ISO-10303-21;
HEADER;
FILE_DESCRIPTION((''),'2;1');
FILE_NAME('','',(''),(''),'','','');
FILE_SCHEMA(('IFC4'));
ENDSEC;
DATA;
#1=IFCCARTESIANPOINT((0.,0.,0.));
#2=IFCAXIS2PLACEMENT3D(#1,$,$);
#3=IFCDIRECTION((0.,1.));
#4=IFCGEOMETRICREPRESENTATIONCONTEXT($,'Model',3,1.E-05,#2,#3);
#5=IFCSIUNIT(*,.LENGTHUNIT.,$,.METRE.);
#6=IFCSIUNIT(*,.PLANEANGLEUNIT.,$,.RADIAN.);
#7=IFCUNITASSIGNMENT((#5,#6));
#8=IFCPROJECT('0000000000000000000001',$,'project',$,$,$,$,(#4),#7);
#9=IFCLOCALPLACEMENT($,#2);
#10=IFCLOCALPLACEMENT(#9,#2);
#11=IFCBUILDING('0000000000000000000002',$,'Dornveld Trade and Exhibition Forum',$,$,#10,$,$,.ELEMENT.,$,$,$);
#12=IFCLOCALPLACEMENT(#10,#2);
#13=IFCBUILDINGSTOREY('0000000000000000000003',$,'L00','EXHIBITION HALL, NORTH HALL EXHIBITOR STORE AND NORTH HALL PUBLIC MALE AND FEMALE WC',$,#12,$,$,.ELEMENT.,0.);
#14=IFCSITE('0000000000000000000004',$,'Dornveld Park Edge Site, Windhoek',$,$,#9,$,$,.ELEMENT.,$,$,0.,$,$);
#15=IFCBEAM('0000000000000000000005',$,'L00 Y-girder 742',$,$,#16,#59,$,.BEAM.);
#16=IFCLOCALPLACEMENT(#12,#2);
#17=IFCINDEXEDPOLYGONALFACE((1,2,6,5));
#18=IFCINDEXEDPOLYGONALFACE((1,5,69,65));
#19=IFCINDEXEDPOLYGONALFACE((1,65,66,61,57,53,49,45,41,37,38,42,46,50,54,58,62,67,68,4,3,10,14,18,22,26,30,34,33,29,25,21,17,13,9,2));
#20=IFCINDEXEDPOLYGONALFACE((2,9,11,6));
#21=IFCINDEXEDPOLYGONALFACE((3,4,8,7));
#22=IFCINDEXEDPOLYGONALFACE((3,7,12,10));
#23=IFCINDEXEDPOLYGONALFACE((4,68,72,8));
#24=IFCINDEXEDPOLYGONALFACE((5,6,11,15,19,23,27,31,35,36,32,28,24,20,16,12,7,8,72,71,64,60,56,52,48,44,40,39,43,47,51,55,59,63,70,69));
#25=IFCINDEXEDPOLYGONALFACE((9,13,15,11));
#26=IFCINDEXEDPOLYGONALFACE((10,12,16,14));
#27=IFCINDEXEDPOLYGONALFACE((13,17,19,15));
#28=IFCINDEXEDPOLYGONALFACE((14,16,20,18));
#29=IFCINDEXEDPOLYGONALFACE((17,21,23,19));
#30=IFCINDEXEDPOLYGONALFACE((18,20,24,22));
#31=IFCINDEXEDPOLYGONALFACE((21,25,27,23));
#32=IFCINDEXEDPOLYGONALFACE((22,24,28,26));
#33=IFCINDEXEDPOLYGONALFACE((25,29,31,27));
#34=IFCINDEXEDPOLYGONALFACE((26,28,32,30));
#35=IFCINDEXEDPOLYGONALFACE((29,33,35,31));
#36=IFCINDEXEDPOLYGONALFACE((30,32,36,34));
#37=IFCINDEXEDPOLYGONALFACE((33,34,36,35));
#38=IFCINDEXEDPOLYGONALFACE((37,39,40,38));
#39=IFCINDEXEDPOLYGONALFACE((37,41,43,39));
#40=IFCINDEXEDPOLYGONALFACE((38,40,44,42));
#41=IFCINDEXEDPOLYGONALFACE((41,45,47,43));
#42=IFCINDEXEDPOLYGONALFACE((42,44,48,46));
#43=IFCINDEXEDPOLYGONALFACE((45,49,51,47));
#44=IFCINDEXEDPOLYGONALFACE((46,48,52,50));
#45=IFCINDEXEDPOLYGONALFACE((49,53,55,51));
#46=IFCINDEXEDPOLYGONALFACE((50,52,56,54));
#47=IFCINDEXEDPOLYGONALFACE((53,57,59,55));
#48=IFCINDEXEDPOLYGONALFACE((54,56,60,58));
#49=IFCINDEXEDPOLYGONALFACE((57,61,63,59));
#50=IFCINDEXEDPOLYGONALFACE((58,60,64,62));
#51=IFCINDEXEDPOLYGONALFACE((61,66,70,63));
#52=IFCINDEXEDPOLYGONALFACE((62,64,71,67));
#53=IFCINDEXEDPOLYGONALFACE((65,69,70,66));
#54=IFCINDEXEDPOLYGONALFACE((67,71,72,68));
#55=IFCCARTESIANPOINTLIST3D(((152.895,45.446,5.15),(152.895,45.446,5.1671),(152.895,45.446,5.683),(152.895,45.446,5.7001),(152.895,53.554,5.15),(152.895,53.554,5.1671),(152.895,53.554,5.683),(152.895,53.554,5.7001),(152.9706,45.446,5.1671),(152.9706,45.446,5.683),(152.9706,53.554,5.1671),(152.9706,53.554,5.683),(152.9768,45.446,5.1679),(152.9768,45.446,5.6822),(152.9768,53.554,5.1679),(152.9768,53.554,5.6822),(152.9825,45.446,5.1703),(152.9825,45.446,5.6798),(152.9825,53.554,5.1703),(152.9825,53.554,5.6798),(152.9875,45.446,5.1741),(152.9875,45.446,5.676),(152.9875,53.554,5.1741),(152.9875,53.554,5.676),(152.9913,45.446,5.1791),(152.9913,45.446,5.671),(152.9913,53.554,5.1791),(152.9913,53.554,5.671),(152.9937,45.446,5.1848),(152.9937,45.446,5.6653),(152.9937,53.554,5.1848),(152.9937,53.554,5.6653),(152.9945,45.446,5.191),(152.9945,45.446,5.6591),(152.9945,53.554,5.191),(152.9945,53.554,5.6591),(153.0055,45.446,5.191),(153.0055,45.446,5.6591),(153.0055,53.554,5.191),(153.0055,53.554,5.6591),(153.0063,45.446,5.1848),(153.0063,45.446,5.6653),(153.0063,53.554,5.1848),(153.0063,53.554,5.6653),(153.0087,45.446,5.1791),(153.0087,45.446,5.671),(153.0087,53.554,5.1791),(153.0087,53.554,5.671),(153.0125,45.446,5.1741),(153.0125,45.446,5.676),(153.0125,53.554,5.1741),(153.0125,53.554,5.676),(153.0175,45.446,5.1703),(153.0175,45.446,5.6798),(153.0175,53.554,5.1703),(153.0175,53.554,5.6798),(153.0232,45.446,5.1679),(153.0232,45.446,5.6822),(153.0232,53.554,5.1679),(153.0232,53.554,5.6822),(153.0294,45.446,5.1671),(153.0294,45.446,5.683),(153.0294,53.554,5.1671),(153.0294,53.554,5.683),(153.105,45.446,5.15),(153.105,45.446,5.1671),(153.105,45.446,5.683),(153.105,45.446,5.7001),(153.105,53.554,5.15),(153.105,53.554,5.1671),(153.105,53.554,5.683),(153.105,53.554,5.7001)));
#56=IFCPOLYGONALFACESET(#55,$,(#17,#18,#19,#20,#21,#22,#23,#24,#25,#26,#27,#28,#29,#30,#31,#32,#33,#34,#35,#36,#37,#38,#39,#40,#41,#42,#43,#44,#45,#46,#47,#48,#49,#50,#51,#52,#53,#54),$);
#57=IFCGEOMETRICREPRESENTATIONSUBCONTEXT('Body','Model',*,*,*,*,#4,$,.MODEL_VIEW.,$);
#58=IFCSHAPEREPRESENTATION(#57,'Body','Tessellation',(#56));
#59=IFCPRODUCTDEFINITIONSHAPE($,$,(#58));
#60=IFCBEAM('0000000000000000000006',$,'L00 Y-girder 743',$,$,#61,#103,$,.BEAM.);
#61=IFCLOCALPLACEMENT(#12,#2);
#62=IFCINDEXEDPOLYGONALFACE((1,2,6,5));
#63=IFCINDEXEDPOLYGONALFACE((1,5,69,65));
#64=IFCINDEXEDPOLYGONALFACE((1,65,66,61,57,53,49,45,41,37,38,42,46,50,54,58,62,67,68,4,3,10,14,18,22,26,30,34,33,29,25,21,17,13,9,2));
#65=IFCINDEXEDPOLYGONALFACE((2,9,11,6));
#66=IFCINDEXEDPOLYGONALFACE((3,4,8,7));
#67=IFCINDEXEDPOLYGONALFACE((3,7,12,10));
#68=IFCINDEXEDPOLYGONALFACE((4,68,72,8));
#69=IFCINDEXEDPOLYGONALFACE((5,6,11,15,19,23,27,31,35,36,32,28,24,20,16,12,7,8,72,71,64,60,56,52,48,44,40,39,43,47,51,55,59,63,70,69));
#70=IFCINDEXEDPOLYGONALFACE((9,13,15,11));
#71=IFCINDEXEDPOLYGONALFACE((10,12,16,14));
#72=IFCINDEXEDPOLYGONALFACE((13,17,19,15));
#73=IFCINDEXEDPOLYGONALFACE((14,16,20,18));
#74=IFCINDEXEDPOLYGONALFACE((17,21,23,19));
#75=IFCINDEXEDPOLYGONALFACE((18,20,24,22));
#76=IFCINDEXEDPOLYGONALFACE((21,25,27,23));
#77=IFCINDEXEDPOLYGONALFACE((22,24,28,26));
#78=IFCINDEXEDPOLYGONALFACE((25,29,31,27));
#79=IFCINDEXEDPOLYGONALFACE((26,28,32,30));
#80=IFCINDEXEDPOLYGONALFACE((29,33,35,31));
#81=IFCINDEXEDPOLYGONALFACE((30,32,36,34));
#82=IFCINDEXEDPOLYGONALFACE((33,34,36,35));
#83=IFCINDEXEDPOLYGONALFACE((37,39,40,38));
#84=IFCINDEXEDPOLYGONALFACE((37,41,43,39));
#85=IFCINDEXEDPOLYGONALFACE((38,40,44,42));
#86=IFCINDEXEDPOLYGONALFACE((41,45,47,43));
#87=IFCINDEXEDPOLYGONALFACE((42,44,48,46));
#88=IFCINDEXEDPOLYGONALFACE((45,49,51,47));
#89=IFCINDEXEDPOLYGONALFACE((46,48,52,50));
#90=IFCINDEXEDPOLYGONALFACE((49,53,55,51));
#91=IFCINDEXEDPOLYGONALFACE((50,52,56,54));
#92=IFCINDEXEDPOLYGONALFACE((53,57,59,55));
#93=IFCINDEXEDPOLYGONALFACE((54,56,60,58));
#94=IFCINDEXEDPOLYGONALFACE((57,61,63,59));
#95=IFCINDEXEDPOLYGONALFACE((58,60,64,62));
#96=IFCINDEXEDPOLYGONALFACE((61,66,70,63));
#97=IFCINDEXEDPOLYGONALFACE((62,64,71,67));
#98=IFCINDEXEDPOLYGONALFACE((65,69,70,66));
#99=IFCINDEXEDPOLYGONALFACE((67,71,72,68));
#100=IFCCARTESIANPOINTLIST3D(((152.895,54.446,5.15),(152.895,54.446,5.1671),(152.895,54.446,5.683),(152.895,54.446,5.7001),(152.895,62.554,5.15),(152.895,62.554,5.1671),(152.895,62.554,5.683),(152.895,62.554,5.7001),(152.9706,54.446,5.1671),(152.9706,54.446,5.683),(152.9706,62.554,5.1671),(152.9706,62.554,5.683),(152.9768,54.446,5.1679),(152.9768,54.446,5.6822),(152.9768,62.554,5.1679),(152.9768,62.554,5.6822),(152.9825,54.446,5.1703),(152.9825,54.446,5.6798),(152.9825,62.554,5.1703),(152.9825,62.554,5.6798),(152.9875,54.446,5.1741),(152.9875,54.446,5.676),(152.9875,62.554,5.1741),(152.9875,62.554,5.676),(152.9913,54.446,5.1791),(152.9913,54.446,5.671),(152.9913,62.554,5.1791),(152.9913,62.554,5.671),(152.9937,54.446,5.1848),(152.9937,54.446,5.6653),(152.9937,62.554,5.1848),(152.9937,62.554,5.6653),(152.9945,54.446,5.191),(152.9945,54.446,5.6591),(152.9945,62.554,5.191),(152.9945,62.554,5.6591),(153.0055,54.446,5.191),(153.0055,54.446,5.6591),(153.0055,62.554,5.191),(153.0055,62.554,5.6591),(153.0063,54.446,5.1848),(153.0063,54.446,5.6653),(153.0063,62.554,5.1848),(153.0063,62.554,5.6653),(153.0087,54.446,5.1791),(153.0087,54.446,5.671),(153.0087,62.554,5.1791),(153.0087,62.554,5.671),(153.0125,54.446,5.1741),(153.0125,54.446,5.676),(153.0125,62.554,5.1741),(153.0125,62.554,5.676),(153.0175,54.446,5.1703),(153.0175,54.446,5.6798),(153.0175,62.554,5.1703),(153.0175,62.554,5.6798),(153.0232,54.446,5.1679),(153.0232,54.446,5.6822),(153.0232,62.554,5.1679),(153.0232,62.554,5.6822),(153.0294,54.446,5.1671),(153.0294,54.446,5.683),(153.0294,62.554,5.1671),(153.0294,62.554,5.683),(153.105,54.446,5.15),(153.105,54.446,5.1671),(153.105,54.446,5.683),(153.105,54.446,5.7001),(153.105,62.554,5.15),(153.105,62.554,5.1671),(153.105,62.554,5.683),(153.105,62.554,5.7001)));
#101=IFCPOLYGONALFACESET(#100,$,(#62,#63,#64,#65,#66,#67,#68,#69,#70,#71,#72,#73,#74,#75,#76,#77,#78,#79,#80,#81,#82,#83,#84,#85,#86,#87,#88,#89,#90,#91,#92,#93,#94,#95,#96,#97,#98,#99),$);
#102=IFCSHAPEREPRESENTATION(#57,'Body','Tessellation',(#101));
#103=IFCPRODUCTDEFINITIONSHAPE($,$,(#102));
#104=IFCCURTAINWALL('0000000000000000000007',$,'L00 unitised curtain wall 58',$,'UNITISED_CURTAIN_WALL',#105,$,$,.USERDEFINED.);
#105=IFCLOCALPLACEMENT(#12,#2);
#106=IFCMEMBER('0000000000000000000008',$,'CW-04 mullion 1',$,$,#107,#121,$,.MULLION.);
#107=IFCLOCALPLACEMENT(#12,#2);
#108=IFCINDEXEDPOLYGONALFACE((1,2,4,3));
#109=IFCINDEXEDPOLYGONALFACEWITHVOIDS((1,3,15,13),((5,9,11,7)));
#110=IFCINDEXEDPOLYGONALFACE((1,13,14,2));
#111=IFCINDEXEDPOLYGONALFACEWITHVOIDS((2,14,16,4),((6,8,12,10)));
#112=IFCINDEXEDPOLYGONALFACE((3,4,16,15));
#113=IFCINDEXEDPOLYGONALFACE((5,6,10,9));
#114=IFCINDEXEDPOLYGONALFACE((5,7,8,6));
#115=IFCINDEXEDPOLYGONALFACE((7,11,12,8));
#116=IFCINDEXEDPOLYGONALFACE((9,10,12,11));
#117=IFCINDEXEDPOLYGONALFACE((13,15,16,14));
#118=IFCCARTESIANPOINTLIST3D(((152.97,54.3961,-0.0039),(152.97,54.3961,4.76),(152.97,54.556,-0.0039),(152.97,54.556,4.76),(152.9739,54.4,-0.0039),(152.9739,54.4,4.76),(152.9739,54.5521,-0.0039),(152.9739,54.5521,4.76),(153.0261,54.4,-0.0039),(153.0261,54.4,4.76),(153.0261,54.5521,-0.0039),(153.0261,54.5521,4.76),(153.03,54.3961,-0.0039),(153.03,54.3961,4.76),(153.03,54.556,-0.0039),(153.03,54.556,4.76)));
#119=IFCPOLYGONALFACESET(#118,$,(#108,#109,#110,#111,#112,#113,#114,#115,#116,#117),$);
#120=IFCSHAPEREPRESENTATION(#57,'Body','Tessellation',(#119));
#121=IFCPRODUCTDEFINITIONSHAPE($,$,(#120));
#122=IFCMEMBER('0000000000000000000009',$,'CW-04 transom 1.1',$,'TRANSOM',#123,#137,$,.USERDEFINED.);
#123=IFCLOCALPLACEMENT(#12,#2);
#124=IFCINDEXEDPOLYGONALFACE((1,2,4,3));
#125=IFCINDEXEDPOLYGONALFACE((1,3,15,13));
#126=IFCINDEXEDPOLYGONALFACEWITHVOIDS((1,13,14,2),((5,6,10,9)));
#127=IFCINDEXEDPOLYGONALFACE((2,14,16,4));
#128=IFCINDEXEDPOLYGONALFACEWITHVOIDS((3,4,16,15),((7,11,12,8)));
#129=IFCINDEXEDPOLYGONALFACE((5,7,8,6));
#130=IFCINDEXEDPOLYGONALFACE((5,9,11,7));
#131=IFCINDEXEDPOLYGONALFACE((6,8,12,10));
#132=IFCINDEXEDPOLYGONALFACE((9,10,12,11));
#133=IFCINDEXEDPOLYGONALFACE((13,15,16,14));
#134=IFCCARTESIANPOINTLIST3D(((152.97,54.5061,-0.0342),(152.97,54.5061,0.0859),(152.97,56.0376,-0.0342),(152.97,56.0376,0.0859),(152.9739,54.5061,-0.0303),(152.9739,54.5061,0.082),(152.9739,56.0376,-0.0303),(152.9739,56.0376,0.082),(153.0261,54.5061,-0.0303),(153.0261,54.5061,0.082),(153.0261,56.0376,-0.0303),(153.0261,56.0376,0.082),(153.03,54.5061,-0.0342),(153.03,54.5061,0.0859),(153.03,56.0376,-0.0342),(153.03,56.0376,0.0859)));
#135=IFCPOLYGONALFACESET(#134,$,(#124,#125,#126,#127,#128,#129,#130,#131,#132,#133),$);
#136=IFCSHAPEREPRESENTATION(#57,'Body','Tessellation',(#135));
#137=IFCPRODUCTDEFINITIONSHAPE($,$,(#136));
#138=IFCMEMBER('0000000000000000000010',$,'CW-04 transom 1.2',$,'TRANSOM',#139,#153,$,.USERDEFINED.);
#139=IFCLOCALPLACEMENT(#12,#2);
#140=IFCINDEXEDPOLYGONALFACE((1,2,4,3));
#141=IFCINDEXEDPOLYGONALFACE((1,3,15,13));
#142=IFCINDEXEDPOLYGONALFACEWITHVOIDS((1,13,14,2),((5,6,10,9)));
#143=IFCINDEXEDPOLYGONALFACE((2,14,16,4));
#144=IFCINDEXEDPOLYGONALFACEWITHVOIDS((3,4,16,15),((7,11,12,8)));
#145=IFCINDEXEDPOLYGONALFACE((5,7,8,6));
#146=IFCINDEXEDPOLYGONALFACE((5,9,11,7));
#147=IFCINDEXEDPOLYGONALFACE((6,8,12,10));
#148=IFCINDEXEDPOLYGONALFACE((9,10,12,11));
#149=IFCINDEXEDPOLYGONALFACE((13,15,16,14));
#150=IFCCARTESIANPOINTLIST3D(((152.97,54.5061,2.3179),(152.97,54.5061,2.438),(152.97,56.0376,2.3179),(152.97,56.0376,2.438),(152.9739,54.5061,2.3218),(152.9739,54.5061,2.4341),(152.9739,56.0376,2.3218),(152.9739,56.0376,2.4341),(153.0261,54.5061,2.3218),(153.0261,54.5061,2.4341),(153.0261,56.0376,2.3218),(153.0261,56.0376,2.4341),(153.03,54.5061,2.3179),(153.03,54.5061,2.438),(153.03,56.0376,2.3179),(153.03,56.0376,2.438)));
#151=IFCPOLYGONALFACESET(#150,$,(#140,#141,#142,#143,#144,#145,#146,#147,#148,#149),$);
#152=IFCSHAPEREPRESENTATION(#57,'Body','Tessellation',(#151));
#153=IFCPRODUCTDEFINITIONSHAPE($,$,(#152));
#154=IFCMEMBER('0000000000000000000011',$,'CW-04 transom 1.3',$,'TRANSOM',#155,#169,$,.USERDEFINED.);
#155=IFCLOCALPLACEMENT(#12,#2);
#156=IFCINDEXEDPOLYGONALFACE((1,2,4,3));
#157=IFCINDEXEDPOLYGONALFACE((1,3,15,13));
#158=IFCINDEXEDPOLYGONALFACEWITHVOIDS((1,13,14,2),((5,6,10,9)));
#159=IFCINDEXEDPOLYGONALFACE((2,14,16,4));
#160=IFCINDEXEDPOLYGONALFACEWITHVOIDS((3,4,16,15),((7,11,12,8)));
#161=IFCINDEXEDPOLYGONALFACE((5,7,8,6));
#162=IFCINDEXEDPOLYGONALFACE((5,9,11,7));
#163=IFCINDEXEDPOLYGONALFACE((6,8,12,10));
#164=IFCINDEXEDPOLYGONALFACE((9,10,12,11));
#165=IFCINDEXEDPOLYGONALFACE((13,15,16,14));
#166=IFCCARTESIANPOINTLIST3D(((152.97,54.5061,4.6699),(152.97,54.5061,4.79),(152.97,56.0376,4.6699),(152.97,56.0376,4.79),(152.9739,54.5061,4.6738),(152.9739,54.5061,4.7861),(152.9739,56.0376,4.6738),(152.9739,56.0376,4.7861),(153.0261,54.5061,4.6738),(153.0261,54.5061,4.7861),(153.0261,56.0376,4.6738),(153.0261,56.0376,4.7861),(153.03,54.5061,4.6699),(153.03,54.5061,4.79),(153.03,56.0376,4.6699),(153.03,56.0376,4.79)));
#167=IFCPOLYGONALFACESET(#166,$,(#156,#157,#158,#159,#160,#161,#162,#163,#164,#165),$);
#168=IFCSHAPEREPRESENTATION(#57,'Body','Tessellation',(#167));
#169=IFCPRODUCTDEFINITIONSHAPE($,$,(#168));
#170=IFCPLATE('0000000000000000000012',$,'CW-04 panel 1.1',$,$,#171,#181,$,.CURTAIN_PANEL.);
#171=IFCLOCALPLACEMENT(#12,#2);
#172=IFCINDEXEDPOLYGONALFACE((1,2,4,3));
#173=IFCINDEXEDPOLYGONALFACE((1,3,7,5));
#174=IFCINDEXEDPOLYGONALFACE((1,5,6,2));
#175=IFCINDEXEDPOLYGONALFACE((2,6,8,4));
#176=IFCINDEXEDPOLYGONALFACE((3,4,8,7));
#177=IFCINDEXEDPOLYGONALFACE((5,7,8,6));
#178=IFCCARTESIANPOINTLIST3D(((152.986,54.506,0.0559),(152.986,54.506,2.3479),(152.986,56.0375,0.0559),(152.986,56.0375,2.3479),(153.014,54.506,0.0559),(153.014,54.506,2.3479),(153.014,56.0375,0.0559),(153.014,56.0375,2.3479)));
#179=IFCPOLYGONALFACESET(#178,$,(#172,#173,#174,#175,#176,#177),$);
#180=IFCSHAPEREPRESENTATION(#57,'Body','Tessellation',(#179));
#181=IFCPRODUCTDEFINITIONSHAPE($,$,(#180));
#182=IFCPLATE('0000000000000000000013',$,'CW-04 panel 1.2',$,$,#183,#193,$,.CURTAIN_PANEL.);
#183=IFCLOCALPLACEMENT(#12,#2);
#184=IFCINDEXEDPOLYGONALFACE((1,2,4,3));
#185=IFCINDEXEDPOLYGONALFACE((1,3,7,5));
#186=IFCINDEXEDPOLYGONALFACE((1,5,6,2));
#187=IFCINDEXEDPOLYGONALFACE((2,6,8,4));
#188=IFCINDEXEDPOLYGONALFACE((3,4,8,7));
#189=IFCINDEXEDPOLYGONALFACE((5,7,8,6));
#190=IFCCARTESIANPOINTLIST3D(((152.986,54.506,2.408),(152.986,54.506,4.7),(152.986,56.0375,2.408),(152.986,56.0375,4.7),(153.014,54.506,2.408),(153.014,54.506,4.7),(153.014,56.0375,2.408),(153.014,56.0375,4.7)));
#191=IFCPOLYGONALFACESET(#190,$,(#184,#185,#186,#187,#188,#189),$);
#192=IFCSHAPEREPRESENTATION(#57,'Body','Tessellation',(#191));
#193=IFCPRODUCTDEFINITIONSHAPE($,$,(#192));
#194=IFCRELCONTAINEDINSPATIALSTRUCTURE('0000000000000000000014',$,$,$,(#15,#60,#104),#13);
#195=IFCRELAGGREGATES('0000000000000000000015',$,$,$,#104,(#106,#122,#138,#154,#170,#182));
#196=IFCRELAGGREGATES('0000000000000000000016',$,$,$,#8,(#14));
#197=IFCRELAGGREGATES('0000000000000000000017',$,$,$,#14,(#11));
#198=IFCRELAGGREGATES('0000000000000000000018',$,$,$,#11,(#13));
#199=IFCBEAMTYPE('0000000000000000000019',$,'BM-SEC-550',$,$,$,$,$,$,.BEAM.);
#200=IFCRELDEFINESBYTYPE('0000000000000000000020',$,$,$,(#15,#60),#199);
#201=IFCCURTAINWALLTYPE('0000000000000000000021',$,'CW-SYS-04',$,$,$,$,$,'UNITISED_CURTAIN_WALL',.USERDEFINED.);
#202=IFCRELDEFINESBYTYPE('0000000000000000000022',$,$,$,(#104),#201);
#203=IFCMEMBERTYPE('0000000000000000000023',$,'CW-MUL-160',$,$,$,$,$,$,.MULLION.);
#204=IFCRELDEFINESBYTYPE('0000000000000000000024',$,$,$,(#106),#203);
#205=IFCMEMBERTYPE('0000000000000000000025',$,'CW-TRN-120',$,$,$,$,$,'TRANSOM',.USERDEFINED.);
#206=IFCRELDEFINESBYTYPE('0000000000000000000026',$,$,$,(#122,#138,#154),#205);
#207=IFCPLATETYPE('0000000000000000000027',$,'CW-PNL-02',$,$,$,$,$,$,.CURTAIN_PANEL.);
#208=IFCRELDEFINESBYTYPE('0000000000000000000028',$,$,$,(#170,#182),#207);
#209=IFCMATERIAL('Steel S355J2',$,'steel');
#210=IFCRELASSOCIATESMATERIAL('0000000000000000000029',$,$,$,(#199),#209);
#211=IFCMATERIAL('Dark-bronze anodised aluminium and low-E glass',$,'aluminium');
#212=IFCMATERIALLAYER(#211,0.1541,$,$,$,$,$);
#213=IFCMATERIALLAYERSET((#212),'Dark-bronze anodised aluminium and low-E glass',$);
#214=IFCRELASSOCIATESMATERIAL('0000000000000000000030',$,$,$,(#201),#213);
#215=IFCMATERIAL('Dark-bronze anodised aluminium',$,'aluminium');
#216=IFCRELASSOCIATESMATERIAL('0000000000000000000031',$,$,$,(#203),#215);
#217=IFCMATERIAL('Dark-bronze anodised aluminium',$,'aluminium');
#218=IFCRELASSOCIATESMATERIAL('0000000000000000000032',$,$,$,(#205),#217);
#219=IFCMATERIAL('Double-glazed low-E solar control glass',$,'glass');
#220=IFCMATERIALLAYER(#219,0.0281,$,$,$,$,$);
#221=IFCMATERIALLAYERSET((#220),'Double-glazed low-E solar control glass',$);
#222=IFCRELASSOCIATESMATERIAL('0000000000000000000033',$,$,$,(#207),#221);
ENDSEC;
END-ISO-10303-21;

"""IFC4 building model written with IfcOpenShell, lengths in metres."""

from ifc_helpers import new_model, si_unit, direction, frame, origin, origin_2d, place, context, subcontext, project, spatial, rectangle, hollow_rectangle, i_section, extrude, material, layer, layer_set, material_profile, profile_set, type_object, element, aggregate, save


model = new_model("IFC4")

# Units and contexts
model_context = context("Model", 3, precision=1e-05, world=origin(), true_north=direction((0.0, 1.0)))
body_context = subcontext(model_context, "Body", "Model", "MODEL_VIEW")
ifc_project = project(units=[si_unit("LENGTHUNIT", "METRE"), si_unit("PLANEANGLEUNIT", "RADIAN")], contexts=[model_context])

# Site, building, storey
site_placement = place(None, origin())
site = spatial("IfcSite", under=ifc_project, at=site_placement, Name="Dornveld Park Edge Site, Windhoek", CompositionType="ELEMENT", RefElevation=0.0)
building_placement = place(site_placement, origin())
building = spatial("IfcBuilding", under=site, at=building_placement, Name="Dornveld Trade and Exhibition Forum", CompositionType="ELEMENT")
storey_placement = place(building_placement, origin())
storey = spatial("IfcBuildingStorey", under=building, at=storey_placement, Name="L00", Description="EXHIBITION HALL, NORTH HALL EXHIBITOR STORE AND NORTH HALL PUBLIC MALE AND FEMALE WC", CompositionType="ELEMENT", Elevation=0.0)

# Beams
ifc_material_1 = material(Name="Steel S355J2", Category="steel")
ifc_material_profile_1 = material_profile(ifc_material_1, i_section(OverallWidth=0.21, OverallDepth=0.55, WebThickness=0.011, FlangeThickness=0.0171, FilletRadius=0.0239, at=origin_2d()), Name="IPE 550")
ifc_profile_set_1 = profile_set([ifc_material_profile_1], Name="Steel S355J2")
beam_type_1 = type_object("IfcBeamType", Name="BM-SEC-550", PredefinedType="BEAM", material=ifc_profile_set_1)
for number, where, z_axis, x_axis, name in (
    (1, (153.0, 45.446, 5.425), (0.0, 1.0, 0.0), (-1.0, 0.0, 0.0), "L00 Y-girder 742"),
    (2, (153.0, 54.446, 5.425), (0.0, 1.0, 0.0), (-1.0, 0.0, 0.0), "L00 Y-girder 743"),
):
    element("IfcBeam", number, at=place(storey_placement, frame(where, z_axis=z_axis, x_axis=x_axis)), inside=storey, type_object=beam_type_1, Name=name, PredefinedType="BEAM", context=body_context, shape_type="SweptSolid", body=[
        extrude(i_section(OverallWidth=0.21, OverallDepth=0.55, WebThickness=0.011, FlangeThickness=0.0171, FilletRadius=0.0239, at=origin_2d()), origin(), (0.0, 0.0, 1.0), 8.1079),
    ])

# Curtain wall, members, plates
ifc_material_2 = material(Name="Dark-bronze anodised aluminium and low-E glass", Category="aluminium")
ifc_layer_1 = layer(ifc_material_2, 0.1541)
ifc_layer_set_1 = layer_set([ifc_layer_1], Name="Dark-bronze anodised aluminium and low-E glass")
curtain_wall_type = type_object("IfcCurtainWallType", Name="CW-SYS-04", ElementType="UNITISED_CURTAIN_WALL", PredefinedType="USERDEFINED", material=ifc_layer_set_1)
curtain_wall_placement = place(storey_placement, origin())
curtain_wall = element("IfcCurtainWall", 3, at=curtain_wall_placement, inside=storey, type_object=curtain_wall_type, Name="L00 unitised curtain wall 58", ObjectType="UNITISED_CURTAIN_WALL", PredefinedType="USERDEFINED")
ifc_material_3 = material(Name="Dark-bronze anodised aluminium", Category="aluminium")
ifc_material_profile_2 = material_profile(ifc_material_3, hollow_rectangle(XDim=0.0601, YDim=0.1599, WallThickness=0.0039, at=origin_2d()), Name="RHS 160x60x4")
ifc_profile_set_2 = profile_set([ifc_material_profile_2], Name="Dark-bronze anodised aluminium")
member_type_1 = type_object("IfcMemberType", Name="CW-MUL-160", PredefinedType="MULLION", material=ifc_profile_set_2)
member_1_placement = place(storey_placement, frame((153.0, 54.4761, -0.0039), z_axis=(0.0, 0.0, 1.0), x_axis=(-1.0, 0.0, 0.0)))
member_1 = element("IfcMember", 4, at=member_1_placement, type_object=member_type_1, Name="CW-04 mullion 1", PredefinedType="MULLION", context=body_context, shape_type="SweptSolid", body=[
    extrude(hollow_rectangle(XDim=0.0601, YDim=0.1599, WallThickness=0.0039, at=origin_2d()), origin(), (0.0, 0.0, 1.0), 4.7639),
])
ifc_material_4 = material(Name="Dark-bronze anodised aluminium", Category="aluminium")
ifc_material_profile_3 = material_profile(ifc_material_4, hollow_rectangle(XDim=0.0601, YDim=0.1201, WallThickness=0.0039, at=origin_2d()), Name="RHS 120x60x4")
ifc_profile_set_3 = profile_set([ifc_material_profile_3], Name="Dark-bronze anodised aluminium")
member_type_2 = type_object("IfcMemberType", Name="CW-TRN-120", ElementType="TRANSOM", PredefinedType="USERDEFINED", material=ifc_profile_set_3)
member_2_placement = place(storey_placement, frame((153.0, 54.5061, 0.0259), z_axis=(0.0, 1.0, 0.0), x_axis=(-1.0, 0.0, 0.0)))
member_2 = element("IfcMember", 5, at=member_2_placement, type_object=member_type_2, Name="CW-04 transom 1.1", ObjectType="TRANSOM", PredefinedType="USERDEFINED", context=body_context, shape_type="SweptSolid", body=[
    extrude(hollow_rectangle(XDim=0.0601, YDim=0.1201, WallThickness=0.0039, at=origin_2d()), origin(), (0.0, 0.0, 1.0), 1.5315),
])
member_3_placement = place(storey_placement, frame((153.0, 54.5061, 2.3779), z_axis=(0.0, 1.0, 0.0), x_axis=(-1.0, 0.0, 0.0)))
member_3 = element("IfcMember", 6, at=member_3_placement, type_object=member_type_2, Name="CW-04 transom 1.2", ObjectType="TRANSOM", PredefinedType="USERDEFINED", context=body_context, shape_type="SweptSolid", body=[
    extrude(hollow_rectangle(XDim=0.0601, YDim=0.1201, WallThickness=0.0039, at=origin_2d()), origin(), (0.0, 0.0, 1.0), 1.5315),
])
member_4_placement = place(storey_placement, frame((153.0, 54.5061, 4.73), z_axis=(0.0, 1.0, 0.0), x_axis=(-1.0, 0.0, 0.0)))
member_4 = element("IfcMember", 7, at=member_4_placement, type_object=member_type_2, Name="CW-04 transom 1.3", ObjectType="TRANSOM", PredefinedType="USERDEFINED", context=body_context, shape_type="SweptSolid", body=[
    extrude(hollow_rectangle(XDim=0.0601, YDim=0.1201, WallThickness=0.0039, at=origin_2d()), origin(), (0.0, 0.0, 1.0), 1.5315),
])
ifc_material_5 = material(Name="Double-glazed low-E solar control glass", Category="glass")
ifc_layer_2 = layer(ifc_material_5, 0.0281)
ifc_layer_set_2 = layer_set([ifc_layer_2], Name="Double-glazed low-E solar control glass")
plate_type = type_object("IfcPlateType", Name="CW-PNL-02", PredefinedType="CURTAIN_PANEL", material=ifc_layer_set_2)
plate_1_placement = place(storey_placement, frame((153.0, 55.2717, 0.0559), z_axis=(0.0, 0.0, 1.0), x_axis=(0.0, 1.0, 0.0)))
plate_1 = element("IfcPlate", 8, at=plate_1_placement, type_object=plate_type, Name="CW-04 panel 1.1", PredefinedType="CURTAIN_PANEL", context=body_context, shape_type="SweptSolid", body=[
    extrude(rectangle(XDim=1.5315, YDim=0.0281, at=origin_2d()), origin(), (0.0, 0.0, 1.0), 2.292),
])
plate_2_placement = place(storey_placement, frame((153.0, 55.2717, 2.408), z_axis=(0.0, 0.0, 1.0), x_axis=(0.0, 1.0, 0.0)))
plate_2 = element("IfcPlate", 9, at=plate_2_placement, type_object=plate_type, Name="CW-04 panel 1.2", PredefinedType="CURTAIN_PANEL", context=body_context, shape_type="SweptSolid", body=[
    extrude(rectangle(XDim=1.5315, YDim=0.0281, at=origin_2d()), origin(), (0.0, 0.0, 1.0), 2.292),
])
aggregate(curtain_wall, [member_1, member_2, member_3, member_4, plate_1, plate_2])

save(model, "model.ifc")
